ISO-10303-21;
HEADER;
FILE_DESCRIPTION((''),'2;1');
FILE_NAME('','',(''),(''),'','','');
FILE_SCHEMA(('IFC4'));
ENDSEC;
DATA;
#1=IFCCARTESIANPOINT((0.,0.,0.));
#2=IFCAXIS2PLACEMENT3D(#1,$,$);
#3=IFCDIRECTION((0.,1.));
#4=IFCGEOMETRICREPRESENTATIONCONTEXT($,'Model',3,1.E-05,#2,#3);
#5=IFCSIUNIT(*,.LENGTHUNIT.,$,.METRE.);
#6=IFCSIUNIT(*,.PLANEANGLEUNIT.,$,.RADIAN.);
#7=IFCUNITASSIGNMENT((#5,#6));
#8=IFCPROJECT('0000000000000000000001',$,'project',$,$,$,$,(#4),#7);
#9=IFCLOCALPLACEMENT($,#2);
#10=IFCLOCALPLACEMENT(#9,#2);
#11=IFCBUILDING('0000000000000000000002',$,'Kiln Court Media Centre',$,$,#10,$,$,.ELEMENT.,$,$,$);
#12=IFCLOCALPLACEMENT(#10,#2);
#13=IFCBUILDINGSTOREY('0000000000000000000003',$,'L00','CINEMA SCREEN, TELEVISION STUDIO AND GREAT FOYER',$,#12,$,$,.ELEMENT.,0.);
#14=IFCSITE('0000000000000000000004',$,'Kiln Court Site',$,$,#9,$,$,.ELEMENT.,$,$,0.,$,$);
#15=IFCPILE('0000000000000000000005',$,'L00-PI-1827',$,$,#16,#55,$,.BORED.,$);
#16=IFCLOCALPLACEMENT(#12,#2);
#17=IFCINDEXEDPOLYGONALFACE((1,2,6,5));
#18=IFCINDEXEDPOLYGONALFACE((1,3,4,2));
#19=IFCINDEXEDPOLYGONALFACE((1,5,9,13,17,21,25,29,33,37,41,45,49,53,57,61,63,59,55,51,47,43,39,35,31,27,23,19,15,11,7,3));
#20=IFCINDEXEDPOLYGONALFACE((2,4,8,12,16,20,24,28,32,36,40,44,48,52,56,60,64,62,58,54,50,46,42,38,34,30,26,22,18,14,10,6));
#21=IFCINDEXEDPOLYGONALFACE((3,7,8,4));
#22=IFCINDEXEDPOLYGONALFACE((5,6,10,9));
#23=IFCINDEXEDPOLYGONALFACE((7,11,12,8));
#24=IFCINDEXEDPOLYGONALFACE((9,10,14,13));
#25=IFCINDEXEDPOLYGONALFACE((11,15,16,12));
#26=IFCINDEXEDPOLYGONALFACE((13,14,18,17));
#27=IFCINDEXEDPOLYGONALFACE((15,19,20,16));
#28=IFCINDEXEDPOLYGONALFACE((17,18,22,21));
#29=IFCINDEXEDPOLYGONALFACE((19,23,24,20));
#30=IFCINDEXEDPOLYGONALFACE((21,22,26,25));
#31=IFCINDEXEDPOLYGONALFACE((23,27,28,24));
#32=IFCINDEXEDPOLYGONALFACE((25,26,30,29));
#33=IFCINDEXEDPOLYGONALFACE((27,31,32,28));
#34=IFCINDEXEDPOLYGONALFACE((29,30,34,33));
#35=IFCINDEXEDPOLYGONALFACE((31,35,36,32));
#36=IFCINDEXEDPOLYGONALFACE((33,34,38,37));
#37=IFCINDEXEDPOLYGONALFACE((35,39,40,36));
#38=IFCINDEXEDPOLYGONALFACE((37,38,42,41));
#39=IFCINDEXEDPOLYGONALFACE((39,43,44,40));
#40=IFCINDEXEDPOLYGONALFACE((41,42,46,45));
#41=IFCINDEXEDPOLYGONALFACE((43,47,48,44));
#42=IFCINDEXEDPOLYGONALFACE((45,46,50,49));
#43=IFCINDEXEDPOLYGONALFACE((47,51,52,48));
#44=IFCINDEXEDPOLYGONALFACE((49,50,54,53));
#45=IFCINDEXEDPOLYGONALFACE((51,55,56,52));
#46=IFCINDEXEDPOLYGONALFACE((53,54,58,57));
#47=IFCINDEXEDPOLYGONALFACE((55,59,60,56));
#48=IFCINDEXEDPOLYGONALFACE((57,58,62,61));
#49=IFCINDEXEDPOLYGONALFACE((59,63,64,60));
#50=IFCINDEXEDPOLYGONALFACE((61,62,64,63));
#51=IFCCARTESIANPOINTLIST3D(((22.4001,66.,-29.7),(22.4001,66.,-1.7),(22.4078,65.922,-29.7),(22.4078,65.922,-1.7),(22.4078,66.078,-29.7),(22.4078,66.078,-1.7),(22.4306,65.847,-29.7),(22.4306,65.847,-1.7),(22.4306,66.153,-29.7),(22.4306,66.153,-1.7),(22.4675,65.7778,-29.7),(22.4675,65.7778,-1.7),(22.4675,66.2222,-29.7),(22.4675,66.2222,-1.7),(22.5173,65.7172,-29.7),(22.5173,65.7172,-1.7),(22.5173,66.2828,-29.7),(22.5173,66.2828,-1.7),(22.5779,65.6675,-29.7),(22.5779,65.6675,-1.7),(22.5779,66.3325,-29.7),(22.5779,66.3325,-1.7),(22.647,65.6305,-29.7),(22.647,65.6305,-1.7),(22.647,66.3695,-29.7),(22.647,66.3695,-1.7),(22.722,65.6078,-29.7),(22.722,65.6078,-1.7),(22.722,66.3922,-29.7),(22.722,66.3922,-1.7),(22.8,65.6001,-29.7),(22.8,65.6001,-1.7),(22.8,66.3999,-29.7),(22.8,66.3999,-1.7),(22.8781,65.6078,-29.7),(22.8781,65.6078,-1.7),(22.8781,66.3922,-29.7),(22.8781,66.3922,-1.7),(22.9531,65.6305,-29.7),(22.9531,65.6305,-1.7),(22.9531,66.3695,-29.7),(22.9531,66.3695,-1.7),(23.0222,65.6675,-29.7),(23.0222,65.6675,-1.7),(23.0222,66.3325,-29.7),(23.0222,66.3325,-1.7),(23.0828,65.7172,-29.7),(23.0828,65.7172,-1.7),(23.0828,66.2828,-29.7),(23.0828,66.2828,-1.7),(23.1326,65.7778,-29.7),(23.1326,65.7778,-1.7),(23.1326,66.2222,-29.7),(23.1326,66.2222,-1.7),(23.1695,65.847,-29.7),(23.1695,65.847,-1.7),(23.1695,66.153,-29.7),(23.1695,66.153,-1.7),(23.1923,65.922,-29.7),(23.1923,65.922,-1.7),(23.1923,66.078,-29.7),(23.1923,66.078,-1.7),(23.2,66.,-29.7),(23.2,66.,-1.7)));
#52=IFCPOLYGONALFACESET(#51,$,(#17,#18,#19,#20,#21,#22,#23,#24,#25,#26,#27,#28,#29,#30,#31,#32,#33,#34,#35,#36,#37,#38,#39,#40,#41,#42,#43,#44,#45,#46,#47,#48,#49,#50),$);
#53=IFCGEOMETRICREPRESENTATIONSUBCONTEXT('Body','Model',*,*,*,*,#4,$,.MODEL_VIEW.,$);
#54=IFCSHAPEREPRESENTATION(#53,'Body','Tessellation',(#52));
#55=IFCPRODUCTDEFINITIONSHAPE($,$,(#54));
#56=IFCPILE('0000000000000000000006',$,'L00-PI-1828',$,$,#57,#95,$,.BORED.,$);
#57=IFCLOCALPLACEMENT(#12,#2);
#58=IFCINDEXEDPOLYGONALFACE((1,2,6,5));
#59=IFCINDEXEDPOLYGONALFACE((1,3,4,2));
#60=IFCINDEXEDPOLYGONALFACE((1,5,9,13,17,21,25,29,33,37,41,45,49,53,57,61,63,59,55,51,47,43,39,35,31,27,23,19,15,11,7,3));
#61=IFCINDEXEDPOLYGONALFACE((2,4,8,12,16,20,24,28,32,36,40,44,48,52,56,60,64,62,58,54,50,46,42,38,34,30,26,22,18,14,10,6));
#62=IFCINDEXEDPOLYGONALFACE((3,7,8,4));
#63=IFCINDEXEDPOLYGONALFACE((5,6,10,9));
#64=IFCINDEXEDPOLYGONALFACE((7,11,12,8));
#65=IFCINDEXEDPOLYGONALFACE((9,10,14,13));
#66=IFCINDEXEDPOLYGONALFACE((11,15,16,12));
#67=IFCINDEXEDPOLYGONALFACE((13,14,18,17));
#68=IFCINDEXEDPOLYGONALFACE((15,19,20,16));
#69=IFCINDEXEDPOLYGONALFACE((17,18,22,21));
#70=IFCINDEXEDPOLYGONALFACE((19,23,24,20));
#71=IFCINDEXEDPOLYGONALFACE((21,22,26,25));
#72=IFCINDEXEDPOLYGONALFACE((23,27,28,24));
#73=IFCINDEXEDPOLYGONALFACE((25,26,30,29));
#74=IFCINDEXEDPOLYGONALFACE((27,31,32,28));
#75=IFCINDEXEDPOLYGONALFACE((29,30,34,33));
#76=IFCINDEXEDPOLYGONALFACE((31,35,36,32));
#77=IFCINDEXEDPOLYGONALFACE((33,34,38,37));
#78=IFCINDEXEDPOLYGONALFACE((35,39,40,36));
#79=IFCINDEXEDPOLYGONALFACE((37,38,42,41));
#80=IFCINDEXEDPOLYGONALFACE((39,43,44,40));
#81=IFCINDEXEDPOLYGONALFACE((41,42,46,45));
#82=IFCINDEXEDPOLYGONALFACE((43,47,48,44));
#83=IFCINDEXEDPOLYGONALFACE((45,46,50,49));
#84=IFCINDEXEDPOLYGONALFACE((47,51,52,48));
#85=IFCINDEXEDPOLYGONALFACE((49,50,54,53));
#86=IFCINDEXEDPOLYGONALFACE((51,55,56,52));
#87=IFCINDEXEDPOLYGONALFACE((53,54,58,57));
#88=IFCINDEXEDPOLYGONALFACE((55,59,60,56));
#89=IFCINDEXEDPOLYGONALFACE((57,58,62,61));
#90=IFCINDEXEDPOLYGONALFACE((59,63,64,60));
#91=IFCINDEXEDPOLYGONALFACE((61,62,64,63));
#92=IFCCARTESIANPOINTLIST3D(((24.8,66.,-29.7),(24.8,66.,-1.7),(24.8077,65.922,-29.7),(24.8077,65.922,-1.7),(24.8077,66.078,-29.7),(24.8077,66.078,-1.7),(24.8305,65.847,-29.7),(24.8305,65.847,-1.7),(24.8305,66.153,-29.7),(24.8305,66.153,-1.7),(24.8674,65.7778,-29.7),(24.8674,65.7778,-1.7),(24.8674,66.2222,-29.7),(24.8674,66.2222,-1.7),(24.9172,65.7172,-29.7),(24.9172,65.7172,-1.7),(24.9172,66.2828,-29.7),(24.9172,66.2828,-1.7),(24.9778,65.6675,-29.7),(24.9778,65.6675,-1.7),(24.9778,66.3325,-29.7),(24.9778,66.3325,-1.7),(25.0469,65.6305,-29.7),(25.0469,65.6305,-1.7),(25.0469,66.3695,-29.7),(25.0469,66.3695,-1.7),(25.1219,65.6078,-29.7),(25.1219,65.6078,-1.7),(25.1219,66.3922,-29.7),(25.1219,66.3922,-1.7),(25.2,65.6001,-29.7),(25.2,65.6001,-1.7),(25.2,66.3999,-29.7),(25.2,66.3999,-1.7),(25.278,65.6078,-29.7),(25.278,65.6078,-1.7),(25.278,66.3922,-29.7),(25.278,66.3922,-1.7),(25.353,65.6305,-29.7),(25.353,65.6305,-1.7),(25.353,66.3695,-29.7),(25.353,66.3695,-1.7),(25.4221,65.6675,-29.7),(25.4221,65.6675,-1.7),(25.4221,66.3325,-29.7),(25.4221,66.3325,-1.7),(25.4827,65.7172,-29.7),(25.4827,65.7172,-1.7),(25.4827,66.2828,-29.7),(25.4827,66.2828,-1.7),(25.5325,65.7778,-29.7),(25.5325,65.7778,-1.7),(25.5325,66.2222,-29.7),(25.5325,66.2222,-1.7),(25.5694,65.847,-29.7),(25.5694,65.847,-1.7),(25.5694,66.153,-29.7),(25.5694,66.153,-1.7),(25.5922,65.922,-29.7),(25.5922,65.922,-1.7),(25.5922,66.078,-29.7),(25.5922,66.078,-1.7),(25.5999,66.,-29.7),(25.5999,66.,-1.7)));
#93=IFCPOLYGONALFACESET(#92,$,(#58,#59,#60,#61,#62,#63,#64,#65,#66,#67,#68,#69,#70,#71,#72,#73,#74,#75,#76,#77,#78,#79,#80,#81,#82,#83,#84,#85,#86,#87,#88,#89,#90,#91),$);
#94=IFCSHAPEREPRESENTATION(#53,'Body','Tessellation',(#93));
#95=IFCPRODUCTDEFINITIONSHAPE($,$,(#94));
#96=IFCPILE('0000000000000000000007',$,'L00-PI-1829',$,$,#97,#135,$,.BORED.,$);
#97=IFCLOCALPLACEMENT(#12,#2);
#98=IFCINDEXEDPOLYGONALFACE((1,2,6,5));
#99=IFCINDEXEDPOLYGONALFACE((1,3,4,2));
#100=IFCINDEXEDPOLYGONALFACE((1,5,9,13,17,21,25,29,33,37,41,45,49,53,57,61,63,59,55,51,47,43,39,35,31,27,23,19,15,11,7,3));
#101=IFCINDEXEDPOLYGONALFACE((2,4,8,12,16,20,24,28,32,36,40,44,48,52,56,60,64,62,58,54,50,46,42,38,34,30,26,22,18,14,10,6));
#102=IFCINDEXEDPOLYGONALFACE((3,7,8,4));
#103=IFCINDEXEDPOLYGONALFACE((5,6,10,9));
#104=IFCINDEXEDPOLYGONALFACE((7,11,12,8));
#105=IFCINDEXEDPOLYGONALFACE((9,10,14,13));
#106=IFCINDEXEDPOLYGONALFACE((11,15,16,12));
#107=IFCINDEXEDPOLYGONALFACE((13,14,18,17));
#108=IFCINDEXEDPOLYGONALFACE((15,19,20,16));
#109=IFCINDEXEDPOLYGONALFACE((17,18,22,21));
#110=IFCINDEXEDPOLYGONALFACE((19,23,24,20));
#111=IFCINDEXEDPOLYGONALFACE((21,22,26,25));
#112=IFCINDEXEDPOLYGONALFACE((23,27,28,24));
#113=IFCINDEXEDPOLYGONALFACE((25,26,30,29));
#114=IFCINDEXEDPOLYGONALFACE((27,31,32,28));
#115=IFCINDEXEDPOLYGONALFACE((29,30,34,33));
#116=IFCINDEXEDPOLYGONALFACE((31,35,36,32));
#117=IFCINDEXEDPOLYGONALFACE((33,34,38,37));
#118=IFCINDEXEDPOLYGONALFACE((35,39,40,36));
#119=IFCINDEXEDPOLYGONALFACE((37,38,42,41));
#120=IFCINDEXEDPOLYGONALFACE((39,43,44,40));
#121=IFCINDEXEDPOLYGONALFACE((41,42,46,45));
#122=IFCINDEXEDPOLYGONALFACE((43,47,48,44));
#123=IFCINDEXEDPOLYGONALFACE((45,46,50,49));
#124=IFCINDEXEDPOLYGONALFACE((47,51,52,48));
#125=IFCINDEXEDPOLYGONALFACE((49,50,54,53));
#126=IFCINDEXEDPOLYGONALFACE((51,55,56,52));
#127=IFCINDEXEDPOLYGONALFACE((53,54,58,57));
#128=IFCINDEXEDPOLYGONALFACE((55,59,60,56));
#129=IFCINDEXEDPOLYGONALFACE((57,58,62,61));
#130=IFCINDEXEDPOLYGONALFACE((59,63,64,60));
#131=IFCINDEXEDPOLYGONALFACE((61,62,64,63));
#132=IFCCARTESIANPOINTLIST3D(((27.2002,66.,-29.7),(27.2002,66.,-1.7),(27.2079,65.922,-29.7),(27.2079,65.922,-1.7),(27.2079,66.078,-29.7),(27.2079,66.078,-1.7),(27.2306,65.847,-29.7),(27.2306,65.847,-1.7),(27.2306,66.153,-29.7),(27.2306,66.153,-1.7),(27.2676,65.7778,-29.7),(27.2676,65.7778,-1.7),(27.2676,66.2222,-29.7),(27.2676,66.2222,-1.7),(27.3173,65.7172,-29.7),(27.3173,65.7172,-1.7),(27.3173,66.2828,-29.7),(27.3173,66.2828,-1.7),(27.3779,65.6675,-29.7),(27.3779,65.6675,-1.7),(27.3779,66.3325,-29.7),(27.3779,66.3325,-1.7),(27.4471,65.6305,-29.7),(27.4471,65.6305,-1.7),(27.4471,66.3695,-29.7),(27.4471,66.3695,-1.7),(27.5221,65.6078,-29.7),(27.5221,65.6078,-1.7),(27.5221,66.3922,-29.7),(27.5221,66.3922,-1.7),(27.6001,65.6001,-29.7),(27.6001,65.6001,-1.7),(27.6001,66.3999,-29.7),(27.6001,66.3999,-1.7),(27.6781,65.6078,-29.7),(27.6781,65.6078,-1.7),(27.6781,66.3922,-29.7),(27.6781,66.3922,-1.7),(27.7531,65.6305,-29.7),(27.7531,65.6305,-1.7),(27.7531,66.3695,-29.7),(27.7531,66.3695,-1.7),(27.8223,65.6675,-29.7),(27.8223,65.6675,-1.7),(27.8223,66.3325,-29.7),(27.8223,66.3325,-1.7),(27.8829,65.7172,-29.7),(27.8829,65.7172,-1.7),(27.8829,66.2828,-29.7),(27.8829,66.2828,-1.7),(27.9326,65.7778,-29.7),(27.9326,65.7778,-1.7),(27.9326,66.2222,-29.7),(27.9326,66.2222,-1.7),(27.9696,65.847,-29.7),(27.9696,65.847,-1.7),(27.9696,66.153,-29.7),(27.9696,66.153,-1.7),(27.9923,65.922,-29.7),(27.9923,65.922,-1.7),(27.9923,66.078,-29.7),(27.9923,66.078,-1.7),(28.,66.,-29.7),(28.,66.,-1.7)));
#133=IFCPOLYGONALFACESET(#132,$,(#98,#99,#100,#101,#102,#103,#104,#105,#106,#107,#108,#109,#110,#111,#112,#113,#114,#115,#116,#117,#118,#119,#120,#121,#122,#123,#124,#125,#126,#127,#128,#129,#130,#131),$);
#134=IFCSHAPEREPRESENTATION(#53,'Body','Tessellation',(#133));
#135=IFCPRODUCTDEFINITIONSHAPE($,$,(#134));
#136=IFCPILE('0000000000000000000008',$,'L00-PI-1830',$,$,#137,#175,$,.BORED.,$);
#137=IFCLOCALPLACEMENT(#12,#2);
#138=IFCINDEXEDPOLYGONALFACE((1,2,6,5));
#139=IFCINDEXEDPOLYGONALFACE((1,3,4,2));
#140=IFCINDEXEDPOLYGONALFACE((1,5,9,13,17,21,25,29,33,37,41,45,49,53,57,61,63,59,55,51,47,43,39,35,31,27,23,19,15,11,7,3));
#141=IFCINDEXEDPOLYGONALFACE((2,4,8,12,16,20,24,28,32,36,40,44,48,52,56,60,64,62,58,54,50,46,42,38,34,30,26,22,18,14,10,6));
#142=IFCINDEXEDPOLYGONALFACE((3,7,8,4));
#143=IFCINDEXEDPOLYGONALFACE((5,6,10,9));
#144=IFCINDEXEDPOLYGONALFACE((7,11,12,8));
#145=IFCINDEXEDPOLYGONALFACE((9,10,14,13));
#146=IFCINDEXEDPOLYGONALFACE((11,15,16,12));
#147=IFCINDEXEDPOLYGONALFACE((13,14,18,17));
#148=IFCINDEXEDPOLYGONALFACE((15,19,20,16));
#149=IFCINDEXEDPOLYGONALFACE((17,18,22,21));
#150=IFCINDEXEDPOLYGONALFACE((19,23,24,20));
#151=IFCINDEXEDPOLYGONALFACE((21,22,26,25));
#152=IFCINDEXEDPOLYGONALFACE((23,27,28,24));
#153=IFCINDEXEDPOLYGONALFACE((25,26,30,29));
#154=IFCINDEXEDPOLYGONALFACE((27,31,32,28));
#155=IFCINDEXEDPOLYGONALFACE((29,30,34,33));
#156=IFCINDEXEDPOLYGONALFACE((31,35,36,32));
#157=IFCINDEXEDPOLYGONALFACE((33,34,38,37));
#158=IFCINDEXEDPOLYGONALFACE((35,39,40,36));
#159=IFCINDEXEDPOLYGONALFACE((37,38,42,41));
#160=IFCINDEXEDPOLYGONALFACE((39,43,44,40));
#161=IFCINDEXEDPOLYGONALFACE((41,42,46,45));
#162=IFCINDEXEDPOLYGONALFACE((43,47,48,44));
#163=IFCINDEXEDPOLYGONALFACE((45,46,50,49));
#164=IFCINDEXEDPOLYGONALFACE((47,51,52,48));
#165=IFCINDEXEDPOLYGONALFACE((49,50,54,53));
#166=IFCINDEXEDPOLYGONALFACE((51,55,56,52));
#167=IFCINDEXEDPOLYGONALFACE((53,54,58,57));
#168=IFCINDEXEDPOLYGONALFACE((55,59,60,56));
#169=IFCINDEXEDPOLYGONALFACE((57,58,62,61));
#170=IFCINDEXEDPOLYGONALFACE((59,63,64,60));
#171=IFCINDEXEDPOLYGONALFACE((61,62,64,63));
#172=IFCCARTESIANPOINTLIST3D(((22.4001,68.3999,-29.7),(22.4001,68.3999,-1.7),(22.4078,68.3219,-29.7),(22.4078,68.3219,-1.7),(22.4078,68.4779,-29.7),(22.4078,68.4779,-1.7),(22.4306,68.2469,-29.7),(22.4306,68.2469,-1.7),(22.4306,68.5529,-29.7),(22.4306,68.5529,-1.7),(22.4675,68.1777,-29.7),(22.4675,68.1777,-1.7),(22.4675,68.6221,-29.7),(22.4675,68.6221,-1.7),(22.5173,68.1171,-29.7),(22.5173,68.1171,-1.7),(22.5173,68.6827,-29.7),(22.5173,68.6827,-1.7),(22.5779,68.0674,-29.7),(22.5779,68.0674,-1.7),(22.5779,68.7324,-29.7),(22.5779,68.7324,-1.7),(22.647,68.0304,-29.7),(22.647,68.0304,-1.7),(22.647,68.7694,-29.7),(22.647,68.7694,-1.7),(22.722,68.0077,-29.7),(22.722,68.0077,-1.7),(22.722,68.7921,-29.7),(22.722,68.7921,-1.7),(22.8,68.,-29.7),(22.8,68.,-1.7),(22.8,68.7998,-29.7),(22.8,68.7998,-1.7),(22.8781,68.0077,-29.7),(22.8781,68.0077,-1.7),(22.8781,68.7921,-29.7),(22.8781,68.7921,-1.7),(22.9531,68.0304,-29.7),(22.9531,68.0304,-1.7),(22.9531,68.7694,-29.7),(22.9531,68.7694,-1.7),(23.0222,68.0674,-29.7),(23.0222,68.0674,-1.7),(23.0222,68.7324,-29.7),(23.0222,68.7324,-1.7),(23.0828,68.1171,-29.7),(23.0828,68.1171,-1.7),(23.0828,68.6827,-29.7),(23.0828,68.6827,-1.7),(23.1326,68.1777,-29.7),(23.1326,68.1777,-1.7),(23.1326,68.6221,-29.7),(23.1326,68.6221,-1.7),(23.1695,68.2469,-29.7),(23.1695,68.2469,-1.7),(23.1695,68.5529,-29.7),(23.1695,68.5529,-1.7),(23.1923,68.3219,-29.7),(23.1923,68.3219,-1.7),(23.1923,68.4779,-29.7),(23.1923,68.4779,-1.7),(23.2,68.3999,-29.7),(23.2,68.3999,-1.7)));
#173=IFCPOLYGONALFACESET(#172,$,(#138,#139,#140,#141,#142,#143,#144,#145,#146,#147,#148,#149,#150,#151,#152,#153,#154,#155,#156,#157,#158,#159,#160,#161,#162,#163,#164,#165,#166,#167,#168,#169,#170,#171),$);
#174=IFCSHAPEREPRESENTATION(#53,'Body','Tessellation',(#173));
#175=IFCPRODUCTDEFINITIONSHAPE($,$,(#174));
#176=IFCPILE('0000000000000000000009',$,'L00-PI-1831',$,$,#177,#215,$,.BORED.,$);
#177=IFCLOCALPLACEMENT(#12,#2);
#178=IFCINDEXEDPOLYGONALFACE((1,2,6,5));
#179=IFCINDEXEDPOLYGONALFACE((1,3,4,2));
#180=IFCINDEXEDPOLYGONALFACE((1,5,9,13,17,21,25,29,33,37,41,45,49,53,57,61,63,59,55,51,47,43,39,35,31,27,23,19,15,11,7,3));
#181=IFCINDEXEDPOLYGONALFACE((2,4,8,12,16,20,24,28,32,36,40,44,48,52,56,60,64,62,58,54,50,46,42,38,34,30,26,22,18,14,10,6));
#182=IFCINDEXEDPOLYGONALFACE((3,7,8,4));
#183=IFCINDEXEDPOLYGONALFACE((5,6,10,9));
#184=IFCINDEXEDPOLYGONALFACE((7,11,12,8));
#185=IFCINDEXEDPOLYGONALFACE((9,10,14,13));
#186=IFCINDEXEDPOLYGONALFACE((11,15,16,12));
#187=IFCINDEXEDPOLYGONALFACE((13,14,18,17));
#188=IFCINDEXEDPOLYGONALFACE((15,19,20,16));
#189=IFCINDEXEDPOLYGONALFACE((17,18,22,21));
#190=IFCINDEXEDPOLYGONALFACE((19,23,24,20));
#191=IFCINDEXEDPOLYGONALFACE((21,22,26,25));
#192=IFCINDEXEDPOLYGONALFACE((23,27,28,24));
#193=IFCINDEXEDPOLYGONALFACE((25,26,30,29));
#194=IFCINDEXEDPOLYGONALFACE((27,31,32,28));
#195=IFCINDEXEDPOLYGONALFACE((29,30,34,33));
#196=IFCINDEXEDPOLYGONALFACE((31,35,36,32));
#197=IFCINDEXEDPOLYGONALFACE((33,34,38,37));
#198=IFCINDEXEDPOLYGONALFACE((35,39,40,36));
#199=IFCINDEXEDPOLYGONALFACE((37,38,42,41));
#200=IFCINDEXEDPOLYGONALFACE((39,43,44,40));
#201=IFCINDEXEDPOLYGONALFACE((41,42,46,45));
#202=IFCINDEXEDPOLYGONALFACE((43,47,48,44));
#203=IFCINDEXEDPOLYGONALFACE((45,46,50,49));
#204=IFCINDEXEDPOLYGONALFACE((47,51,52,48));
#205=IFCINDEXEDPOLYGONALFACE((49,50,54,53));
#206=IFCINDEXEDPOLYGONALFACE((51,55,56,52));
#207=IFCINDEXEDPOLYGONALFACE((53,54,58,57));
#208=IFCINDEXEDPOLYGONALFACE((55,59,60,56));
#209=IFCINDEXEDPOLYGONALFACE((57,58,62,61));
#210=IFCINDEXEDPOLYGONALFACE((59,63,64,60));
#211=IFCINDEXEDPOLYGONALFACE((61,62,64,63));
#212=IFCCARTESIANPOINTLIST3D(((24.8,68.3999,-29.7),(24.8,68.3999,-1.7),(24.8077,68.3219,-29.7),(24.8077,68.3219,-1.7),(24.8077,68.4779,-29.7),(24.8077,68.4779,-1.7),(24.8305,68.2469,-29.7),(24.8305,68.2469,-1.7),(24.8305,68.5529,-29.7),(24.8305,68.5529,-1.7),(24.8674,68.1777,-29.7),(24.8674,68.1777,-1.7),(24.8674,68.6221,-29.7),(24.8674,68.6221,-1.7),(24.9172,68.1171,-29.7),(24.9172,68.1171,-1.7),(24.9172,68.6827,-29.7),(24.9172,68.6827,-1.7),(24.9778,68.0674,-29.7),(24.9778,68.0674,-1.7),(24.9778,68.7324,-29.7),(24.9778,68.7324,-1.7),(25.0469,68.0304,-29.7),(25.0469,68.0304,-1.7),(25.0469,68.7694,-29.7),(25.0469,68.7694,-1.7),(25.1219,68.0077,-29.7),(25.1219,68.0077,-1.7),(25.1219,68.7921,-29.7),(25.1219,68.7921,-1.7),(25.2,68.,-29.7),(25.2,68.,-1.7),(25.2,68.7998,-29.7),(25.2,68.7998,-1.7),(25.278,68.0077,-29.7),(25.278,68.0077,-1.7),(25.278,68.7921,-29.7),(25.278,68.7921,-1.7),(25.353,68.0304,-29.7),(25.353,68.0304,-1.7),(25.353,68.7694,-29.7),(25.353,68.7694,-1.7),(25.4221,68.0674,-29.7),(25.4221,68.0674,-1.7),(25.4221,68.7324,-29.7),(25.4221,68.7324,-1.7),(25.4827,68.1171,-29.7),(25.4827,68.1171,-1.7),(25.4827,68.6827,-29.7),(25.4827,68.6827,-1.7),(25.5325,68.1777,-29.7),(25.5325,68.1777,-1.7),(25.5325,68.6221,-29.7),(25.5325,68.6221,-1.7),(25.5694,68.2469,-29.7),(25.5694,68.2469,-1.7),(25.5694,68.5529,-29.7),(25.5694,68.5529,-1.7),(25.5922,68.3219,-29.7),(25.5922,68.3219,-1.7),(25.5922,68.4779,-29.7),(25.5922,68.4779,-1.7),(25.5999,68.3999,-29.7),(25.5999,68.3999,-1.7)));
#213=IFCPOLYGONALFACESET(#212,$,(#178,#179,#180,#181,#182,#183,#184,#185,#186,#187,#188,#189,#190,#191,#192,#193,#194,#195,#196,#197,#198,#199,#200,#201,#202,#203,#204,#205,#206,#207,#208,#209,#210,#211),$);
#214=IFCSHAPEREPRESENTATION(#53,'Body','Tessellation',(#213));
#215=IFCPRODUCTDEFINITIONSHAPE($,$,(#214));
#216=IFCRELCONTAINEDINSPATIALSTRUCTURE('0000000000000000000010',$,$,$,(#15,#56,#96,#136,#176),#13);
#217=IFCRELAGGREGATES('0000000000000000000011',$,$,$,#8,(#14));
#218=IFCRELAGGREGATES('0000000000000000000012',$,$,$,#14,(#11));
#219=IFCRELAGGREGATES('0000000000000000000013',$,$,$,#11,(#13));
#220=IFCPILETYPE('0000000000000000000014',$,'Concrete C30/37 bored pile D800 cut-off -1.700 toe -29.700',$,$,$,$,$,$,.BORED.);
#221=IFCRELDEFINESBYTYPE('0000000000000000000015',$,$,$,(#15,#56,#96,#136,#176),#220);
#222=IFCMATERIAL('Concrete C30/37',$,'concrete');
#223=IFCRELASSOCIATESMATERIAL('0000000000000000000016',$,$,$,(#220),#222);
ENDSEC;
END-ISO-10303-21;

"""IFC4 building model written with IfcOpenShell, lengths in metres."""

from ifc_helpers import new_model, si_unit, direction, frame, origin, origin_2d, place, context, subcontext, project, spatial, circle, extrude, material, material_profile, profile_set, type_object, element, save


model = new_model("IFC4")

# Units and contexts
model_context = context("Model", 3, precision=1e-05, world=origin(), true_north=direction((0.0, 1.0)))
body_context = subcontext(model_context, "Body", "Model", "MODEL_VIEW")
ifc_project = project(units=[si_unit("LENGTHUNIT", "METRE"), si_unit("PLANEANGLEUNIT", "RADIAN")], contexts=[model_context])

# Site, building, storey
site_placement = place(None, origin())
site = spatial("IfcSite", under=ifc_project, at=site_placement, Name="Kiln Court Site", CompositionType="ELEMENT", RefElevation=0.0)
building_placement = place(site_placement, origin())
building = spatial("IfcBuilding", under=site, at=building_placement, Name="Kiln Court Media Centre", CompositionType="ELEMENT")
storey_placement = place(building_placement, origin())
storey = spatial("IfcBuildingStorey", under=building, at=storey_placement, Name="L00", Description="CINEMA SCREEN, TELEVISION STUDIO AND GREAT FOYER", CompositionType="ELEMENT", Elevation=0.0)

# Piles
ifc_material_1 = material(Name="Concrete C30/37", Category="concrete")
ifc_material_profile_1 = material_profile(ifc_material_1, circle(Radius=0.3999, at=origin_2d()), Name="PILE D800")
ifc_profile_set_1 = profile_set([ifc_material_profile_1], Name="Concrete C30/37")
pile_type = type_object("IfcPileType", Name="Concrete C30/37 bored pile D800 cut-off -1.700 toe -29.700", PredefinedType="BORED", material=ifc_profile_set_1)
for number, where, z_axis, x_axis, name in (
    (1, (22.8, 66.0, -1.7), (0.0, 0.0, -1.0), (1.0, 0.0, 0.0), "L00-PI-1827"),
    (2, (25.2, 66.0, -1.7), (0.0, 0.0, -1.0), (1.0, 0.0, 0.0), "L00-PI-1828"),
    (3, (27.6001, 66.0, -1.7), (0.0, 0.0, -1.0), (1.0, 0.0, 0.0), "L00-PI-1829"),
    (4, (22.8, 68.3999, -1.7), (0.0, 0.0, -1.0), (1.0, 0.0, 0.0), "L00-PI-1830"),
    (5, (25.2, 68.3999, -1.7), (0.0, 0.0, -1.0), (1.0, 0.0, 0.0), "L00-PI-1831"),
):
    element("IfcPile", number, at=place(storey_placement, frame(where, z_axis=z_axis, x_axis=x_axis)), inside=storey, type_object=pile_type, Name=name, PredefinedType="BORED", context=body_context, shape_type="SweptSolid", body=[
        extrude(circle(Radius=0.3999, at=origin_2d()), origin(), (0.0, 0.0, 1.0), 28.0),
    ])

save(model, "model.ifc")
